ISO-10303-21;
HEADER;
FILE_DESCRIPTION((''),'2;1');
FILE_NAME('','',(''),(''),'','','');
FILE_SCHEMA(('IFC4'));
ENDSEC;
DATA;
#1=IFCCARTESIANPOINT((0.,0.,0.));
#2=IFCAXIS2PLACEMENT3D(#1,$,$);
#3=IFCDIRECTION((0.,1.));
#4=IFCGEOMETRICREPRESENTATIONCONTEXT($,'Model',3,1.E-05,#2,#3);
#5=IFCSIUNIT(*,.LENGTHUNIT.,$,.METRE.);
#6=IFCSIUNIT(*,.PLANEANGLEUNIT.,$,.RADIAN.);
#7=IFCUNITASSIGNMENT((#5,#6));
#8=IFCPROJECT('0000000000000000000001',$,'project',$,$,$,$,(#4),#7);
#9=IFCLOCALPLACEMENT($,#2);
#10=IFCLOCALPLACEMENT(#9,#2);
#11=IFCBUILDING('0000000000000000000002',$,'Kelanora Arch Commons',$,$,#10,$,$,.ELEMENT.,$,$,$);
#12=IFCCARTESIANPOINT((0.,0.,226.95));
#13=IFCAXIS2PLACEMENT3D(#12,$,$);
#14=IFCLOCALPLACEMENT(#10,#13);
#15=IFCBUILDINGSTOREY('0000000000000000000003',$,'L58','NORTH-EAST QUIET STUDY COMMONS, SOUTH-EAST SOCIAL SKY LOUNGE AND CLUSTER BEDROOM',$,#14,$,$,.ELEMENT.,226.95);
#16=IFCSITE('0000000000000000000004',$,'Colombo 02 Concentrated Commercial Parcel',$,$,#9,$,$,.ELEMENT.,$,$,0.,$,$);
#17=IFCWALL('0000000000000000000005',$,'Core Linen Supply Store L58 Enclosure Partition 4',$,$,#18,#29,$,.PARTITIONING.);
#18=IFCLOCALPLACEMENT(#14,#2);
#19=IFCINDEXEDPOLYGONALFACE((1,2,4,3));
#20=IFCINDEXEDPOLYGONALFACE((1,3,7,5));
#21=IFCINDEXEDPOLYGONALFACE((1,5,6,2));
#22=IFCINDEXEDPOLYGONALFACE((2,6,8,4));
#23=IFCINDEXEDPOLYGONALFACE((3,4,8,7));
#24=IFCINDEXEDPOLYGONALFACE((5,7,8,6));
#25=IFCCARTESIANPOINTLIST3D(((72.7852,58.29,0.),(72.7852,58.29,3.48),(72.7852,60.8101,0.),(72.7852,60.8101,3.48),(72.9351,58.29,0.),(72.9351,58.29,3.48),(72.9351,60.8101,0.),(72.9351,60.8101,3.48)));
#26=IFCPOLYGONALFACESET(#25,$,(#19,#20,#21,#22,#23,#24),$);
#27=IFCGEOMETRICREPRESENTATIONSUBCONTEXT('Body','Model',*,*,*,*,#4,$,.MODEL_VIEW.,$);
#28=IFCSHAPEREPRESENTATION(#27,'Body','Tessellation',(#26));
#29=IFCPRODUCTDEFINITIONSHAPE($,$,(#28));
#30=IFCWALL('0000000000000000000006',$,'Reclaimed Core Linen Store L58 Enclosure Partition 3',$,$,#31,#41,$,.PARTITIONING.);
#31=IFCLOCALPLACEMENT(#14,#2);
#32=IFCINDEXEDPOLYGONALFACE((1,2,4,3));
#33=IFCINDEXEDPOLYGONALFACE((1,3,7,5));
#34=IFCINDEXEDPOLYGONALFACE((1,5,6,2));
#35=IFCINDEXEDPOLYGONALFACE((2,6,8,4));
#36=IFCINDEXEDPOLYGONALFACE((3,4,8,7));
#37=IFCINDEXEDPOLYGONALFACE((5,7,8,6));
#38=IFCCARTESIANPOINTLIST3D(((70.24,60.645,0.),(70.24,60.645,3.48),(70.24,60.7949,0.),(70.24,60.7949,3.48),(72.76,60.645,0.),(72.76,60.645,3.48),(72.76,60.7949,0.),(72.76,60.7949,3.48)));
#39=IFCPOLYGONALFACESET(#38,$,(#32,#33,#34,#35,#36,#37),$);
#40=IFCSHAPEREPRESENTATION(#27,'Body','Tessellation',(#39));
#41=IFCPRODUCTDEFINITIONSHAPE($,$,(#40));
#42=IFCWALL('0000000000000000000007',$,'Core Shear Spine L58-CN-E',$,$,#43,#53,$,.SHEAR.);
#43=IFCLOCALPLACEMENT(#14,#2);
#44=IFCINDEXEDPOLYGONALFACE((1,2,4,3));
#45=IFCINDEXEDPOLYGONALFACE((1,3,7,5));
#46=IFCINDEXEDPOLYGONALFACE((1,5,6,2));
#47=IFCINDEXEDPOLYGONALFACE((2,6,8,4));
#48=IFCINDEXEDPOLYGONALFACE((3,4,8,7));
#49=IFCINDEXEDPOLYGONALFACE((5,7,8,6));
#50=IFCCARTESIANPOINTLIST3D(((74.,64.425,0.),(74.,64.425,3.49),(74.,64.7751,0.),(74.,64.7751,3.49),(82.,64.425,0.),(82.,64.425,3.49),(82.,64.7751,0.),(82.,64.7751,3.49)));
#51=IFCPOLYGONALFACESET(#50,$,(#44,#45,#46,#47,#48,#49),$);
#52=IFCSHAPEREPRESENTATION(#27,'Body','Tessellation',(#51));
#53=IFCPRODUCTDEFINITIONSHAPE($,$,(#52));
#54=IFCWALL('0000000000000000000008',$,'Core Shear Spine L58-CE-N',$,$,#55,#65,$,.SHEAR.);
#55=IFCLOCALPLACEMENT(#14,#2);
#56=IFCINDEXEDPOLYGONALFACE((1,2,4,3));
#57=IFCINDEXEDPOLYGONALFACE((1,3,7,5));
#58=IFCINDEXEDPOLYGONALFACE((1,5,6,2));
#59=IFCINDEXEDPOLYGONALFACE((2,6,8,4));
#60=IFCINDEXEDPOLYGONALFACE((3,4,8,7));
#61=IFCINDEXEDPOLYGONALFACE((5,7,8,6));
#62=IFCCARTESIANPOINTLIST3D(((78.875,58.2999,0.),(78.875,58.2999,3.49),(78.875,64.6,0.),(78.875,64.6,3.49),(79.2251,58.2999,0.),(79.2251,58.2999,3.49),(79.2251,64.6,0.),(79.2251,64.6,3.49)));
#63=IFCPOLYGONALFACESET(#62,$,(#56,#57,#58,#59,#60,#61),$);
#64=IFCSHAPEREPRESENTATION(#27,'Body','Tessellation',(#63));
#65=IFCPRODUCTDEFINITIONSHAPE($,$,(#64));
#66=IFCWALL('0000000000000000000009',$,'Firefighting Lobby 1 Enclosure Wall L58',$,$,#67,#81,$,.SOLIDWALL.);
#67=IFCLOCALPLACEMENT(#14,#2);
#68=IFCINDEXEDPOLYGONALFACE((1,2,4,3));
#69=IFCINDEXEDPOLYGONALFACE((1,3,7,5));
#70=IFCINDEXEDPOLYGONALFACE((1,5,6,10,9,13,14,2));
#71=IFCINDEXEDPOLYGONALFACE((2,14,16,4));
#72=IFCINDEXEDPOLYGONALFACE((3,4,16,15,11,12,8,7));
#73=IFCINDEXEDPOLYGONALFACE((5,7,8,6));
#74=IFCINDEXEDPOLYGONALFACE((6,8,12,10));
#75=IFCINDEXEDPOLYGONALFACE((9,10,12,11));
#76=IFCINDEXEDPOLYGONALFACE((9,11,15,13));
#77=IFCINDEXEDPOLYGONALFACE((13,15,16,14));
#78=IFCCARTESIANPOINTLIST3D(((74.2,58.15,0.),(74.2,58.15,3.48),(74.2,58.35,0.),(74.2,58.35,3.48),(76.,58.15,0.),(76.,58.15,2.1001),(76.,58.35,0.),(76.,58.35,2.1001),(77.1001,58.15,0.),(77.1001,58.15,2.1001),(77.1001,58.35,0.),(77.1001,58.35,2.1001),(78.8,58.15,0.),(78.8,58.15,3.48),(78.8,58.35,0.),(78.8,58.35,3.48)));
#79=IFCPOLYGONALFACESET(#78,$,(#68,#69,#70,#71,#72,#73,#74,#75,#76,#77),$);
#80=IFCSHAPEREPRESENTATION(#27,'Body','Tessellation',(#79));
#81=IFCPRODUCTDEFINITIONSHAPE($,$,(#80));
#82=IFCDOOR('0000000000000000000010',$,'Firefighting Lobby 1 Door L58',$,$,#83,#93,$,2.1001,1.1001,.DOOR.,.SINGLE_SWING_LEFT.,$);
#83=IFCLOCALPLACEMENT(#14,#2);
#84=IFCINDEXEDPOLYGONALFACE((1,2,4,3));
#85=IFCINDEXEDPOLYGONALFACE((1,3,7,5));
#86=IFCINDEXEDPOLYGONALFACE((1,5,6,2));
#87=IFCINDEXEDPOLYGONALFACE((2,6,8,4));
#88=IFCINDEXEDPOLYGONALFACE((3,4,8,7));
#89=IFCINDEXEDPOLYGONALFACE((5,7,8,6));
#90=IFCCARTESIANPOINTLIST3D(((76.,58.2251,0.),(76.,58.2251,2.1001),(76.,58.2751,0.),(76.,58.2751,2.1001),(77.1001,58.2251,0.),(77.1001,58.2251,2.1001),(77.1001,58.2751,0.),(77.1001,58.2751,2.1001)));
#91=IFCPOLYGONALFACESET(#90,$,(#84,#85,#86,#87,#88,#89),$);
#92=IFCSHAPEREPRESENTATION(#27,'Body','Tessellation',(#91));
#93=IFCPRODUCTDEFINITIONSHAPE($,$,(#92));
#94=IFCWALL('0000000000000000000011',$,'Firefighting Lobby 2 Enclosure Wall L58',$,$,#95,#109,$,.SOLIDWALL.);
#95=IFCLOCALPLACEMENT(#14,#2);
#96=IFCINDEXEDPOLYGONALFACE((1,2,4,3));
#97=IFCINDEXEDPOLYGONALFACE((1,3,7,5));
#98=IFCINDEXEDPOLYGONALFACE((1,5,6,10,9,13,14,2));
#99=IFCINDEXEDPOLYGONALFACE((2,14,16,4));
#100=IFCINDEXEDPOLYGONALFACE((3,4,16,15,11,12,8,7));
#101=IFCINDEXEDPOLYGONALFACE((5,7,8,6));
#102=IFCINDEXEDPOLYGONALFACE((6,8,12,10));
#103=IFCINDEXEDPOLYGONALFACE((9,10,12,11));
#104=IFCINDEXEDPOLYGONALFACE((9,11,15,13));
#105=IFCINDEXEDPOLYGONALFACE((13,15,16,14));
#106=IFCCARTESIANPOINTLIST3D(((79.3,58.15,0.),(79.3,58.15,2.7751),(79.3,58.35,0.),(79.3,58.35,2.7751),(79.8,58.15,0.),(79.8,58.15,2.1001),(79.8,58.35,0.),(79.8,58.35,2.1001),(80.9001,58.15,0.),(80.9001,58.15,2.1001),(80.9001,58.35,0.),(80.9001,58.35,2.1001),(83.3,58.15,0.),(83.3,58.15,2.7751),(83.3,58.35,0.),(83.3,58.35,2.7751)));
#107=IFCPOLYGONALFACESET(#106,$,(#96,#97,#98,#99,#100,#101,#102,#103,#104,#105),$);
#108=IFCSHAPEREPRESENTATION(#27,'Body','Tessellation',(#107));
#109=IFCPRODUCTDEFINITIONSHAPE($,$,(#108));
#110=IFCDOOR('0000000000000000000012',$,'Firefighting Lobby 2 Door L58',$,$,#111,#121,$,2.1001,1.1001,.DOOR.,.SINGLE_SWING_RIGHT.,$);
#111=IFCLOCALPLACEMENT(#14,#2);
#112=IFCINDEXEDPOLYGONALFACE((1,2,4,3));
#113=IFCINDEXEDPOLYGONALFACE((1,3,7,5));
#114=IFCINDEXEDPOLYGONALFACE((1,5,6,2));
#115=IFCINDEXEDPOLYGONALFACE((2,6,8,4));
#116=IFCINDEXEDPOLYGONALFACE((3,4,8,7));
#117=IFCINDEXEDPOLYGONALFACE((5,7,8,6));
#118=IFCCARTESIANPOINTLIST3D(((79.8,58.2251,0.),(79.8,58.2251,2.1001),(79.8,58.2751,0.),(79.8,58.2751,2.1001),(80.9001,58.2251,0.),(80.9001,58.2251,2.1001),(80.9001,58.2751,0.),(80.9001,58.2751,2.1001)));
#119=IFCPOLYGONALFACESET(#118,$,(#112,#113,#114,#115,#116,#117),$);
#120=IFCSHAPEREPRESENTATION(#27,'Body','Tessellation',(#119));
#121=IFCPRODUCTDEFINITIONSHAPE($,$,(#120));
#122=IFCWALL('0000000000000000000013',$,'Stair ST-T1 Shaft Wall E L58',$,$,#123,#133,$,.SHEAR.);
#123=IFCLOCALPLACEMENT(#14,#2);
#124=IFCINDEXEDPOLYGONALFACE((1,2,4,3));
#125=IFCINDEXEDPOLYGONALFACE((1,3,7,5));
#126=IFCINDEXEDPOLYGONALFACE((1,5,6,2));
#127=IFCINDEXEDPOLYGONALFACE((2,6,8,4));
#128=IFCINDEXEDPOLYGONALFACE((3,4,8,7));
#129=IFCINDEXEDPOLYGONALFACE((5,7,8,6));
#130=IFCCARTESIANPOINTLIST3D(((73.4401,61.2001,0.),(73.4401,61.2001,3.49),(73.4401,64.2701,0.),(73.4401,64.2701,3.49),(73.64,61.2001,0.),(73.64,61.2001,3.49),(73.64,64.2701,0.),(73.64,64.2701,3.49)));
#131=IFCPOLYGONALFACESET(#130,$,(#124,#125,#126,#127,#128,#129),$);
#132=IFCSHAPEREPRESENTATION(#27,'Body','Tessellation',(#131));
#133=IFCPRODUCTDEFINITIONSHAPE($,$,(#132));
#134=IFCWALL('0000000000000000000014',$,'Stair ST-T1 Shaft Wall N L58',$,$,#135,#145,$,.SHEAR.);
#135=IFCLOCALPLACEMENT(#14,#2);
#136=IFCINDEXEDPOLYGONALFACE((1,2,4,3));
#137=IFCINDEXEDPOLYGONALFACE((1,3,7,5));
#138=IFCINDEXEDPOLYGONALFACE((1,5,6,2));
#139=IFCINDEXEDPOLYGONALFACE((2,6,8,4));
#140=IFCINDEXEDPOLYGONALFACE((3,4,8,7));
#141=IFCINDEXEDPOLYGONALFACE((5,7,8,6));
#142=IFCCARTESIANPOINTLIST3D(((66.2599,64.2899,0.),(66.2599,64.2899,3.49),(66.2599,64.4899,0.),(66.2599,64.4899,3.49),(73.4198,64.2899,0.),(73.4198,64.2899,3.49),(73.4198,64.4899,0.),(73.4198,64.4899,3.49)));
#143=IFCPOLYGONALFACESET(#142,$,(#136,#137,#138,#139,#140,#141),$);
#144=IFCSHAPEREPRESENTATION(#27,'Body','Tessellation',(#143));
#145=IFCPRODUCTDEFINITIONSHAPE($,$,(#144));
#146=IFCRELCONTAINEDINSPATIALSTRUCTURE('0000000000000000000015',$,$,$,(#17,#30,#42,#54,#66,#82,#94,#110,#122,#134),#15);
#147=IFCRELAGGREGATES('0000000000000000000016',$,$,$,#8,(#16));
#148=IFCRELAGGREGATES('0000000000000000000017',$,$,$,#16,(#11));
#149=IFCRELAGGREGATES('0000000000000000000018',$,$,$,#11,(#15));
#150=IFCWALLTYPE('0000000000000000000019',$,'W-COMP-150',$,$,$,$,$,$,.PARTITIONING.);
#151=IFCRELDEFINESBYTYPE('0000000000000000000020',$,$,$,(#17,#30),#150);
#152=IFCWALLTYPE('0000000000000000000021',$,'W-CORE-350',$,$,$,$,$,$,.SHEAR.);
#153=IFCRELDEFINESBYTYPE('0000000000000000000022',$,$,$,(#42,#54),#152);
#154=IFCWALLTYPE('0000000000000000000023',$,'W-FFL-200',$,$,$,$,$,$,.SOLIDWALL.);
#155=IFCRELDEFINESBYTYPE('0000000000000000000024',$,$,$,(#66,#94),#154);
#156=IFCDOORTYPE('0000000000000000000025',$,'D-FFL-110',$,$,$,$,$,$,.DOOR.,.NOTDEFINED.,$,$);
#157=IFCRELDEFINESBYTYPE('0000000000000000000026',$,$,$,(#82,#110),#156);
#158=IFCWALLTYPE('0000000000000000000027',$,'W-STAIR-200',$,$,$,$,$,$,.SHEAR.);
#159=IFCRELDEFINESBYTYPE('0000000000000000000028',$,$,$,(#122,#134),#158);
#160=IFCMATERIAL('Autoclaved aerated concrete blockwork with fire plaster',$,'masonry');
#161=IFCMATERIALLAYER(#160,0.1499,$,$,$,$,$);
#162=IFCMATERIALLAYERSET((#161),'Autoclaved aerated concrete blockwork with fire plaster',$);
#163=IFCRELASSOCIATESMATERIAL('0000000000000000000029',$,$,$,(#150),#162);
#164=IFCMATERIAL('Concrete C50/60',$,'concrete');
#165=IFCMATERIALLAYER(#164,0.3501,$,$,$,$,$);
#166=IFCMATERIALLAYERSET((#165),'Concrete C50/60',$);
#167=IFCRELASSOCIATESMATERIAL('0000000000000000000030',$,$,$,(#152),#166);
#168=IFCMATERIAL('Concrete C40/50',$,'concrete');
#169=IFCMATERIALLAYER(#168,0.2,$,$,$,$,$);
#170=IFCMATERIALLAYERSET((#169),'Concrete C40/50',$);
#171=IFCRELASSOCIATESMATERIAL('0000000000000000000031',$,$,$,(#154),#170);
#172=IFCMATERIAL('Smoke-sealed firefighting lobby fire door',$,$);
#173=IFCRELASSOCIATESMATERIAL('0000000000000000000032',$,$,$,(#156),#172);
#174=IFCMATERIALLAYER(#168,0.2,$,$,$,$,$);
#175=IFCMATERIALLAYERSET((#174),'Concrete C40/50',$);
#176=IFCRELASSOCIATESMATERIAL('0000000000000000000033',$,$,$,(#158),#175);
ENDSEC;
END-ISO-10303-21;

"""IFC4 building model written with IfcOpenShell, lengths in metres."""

from ifc_helpers import new_model, si_unit, direction, frame, frame_2d, origin, place, context, subcontext, project, spatial, rectangle, extrude, material, layer, layer_set, type_object, element, fill, save


model = new_model("IFC4")

# Units and contexts
model_context = context("Model", 3, precision=1e-05, world=origin(), true_north=direction((0.0, 1.0)))
body_context = subcontext(model_context, "Body", "Model", "MODEL_VIEW")
ifc_project = project(units=[si_unit("LENGTHUNIT", "METRE"), si_unit("PLANEANGLEUNIT", "RADIAN")], contexts=[model_context])

# Site, building, storey
site_placement = place(None, origin())
site = spatial("IfcSite", under=ifc_project, at=site_placement, Name="Colombo 02 Concentrated Commercial Parcel", CompositionType="ELEMENT", RefElevation=0.0)
building_placement = place(site_placement, origin())
building = spatial("IfcBuilding", under=site, at=building_placement, Name="Kelanora Arch Commons", CompositionType="ELEMENT")
storey_placement = place(building_placement, frame((0.0, 0.0, 226.95)))
storey = spatial("IfcBuildingStorey", under=building, at=storey_placement, Name="L58", Description="NORTH-EAST QUIET STUDY COMMONS, SOUTH-EAST SOCIAL SKY LOUNGE AND CLUSTER BEDROOM", CompositionType="ELEMENT", Elevation=226.95)

# Shared definitions
ifc_material_1 = material(Name="Concrete C50/60", Category="concrete")

# Shared definitions
ifc_material_2 = material(Name="Autoclaved aerated concrete blockwork with fire plaster", Category="masonry")
ifc_layer_1 = layer(ifc_material_2, 0.1499)
ifc_layer_set_1 = layer_set([ifc_layer_1], Name="Autoclaved aerated concrete blockwork with fire plaster")
wall_type_1 = type_object("IfcWallType", Name="W-COMP-150", PredefinedType="PARTITIONING", material=ifc_layer_set_1)

# Walls
for number, where, z_axis, x_axis, name in (
    (1, (72.8601, 60.8101, 0.0), (0.0, 0.0, 1.0), (0.0, -1.0, 0.0), "Core Linen Supply Store L58 Enclosure Partition 4"),
    (2, (72.76, 60.72, 0.0), (0.0, 0.0, 1.0), (-1.0, 0.0, 0.0), "Reclaimed Core Linen Store L58 Enclosure Partition 3"),
):
    element("IfcWall", number, at=place(storey_placement, frame(where, z_axis=z_axis, x_axis=x_axis)), inside=storey, type_object=wall_type_1, Name=name, PredefinedType="PARTITIONING", context=body_context, shape_type="SweptSolid", body=[
        extrude(rectangle(XDim=2.52, YDim=0.1499, at=frame_2d((1.26, 0.0))), origin(), (0.0, 0.0, 1.0), 3.48),
    ])
ifc_layer_2 = layer(ifc_material_1, 0.3501)
ifc_layer_set_2 = layer_set([ifc_layer_2], Name="Concrete C50/60")
wall_type_2 = type_object("IfcWallType", Name="W-CORE-350", PredefinedType="SHEAR", material=ifc_layer_set_2)
wall_1_placement = place(storey_placement, frame((74.0, 64.6001, 0.0), z_axis=(0.0, 0.0, 1.0), x_axis=(1.0, 0.0, 0.0)))
element("IfcWall", 3, at=wall_1_placement, inside=storey, type_object=wall_type_2, Name="Core Shear Spine L58-CN-E", PredefinedType="SHEAR", context=body_context, shape_type="SweptSolid", body=[
    extrude(rectangle(XDim=8.0, YDim=0.3501, at=frame_2d((4.0, 0.0))), origin(), (0.0, 0.0, 1.0), 3.49),
])
wall_2_placement = place(storey_placement, frame((79.05, 58.3, 0.0), z_axis=(0.0, 0.0, 1.0), x_axis=(0.0, 1.0, 0.0)))
element("IfcWall", 4, at=wall_2_placement, inside=storey, type_object=wall_type_2, Name="Core Shear Spine L58-CE-N", PredefinedType="SHEAR", context=body_context, shape_type="SweptSolid", body=[
    extrude(rectangle(XDim=6.3, YDim=0.3501, at=frame_2d((3.1499, 0.0))), origin(), (0.0, 0.0, 1.0), 3.49),
])

# Walls, openings, doors
ifc_material_3 = material(Name="Concrete C40/50", Category="concrete")
ifc_layer_3 = layer(ifc_material_3, 0.2)
ifc_layer_set_3 = layer_set([ifc_layer_3], Name="Concrete C40/50")
wall_type_3 = type_object("IfcWallType", Name="W-FFL-200", PredefinedType="SOLIDWALL", material=ifc_layer_set_3)
wall_3_placement = place(storey_placement, frame((74.2, 58.25, 0.0), z_axis=(0.0, 0.0, 1.0), x_axis=(1.0, 0.0, 0.0)))
wall_3 = element("IfcWall", 5, at=wall_3_placement, inside=storey, type_object=wall_type_3, Name="Firefighting Lobby 1 Enclosure Wall L58", PredefinedType="SOLIDWALL", context=body_context, shape_type="SweptSolid", body=[
    extrude(rectangle(XDim=4.6001, YDim=0.2, at=frame_2d((2.3, 0.0))), origin(), (0.0, 0.0, 1.0), 3.48),
])
opening_1_placement = place(wall_3_placement, frame((1.8, 0.0, 0.0)))
opening_1 = element("IfcOpeningElement", 6, at=opening_1_placement, cuts=wall_3, PredefinedType="OPENING", context=body_context, shape_type="SweptSolid", body=[
    extrude(rectangle(XDim=1.1001, YDim=2.1001, at=frame_2d((0.55, 1.05))), frame((0.0, 0.1099, 0.0), z_axis=(0.0, -1.0, 0.0), x_axis=(1.0, 0.0, 0.0)), (0.0, 0.0, 1.0), 0.22),
])
ifc_material_4 = material(Name="Smoke-sealed firefighting lobby fire door")
door_type_1 = type_object("IfcDoorType", Name="D-FFL-110", OperationType="NOTDEFINED", PredefinedType="DOOR", material=ifc_material_4)
door_1_placement = place(opening_1_placement, frame((1.1001, 0.0, 0.0), z_axis=(0.0, 0.0, 1.0), x_axis=(-1.0, 0.0, 0.0)))
door_1 = element("IfcDoor", 7, at=door_1_placement, inside=storey, type_object=door_type_1, Name="Firefighting Lobby 1 Door L58", OperationType="SINGLE_SWING_LEFT", OverallHeight=2.1001, OverallWidth=1.1001, PredefinedType="DOOR", context=body_context, shape_type="SweptSolid", body=[
    extrude(rectangle(XDim=1.1001, YDim=2.1001, at=frame_2d((0.55, 1.05))), frame((0.0, 0.0249, 0.0), z_axis=(0.0, -1.0, 0.0), x_axis=(1.0, 0.0, 0.0)), (0.0, 0.0, 1.0), 0.05),
])
fill(opening_1, door_1)
wall_4_placement = place(storey_placement, frame((79.3, 58.25, 0.0), z_axis=(0.0, 0.0, 1.0), x_axis=(1.0, 0.0, 0.0)))
wall_4 = element("IfcWall", 8, at=wall_4_placement, inside=storey, type_object=wall_type_3, Name="Firefighting Lobby 2 Enclosure Wall L58", PredefinedType="SOLIDWALL", context=body_context, shape_type="SweptSolid", body=[
    extrude(rectangle(XDim=4.0, YDim=0.2, at=frame_2d((2.0, 0.0))), origin(), (0.0, 0.0, 1.0), 2.7751),
])
opening_2_placement = place(wall_4_placement, frame((0.5, 0.0, 0.0)))
opening_2 = element("IfcOpeningElement", 9, at=opening_2_placement, cuts=wall_4, PredefinedType="OPENING", context=body_context, shape_type="SweptSolid", body=[
    extrude(rectangle(XDim=1.1001, YDim=2.1001, at=frame_2d((0.55, 1.05))), frame((0.0, 0.1099, 0.0), z_axis=(0.0, -1.0, 0.0), x_axis=(1.0, 0.0, 0.0)), (0.0, 0.0, 1.0), 0.22),
])
door_2_placement = place(opening_2_placement, frame((1.1001, 0.0, 0.0), z_axis=(0.0, 0.0, 1.0), x_axis=(-1.0, 0.0, 0.0)))
door_2 = element("IfcDoor", 10, at=door_2_placement, inside=storey, type_object=door_type_1, Name="Firefighting Lobby 2 Door L58", OperationType="SINGLE_SWING_RIGHT", OverallHeight=2.1001, OverallWidth=1.1001, PredefinedType="DOOR", context=body_context, shape_type="SweptSolid", body=[
    extrude(rectangle(XDim=1.1001, YDim=2.1001, at=frame_2d((0.55, 1.05))), frame((0.0, 0.0249, 0.0), z_axis=(0.0, -1.0, 0.0), x_axis=(1.0, 0.0, 0.0)), (0.0, 0.0, 1.0), 0.05),
])
fill(opening_2, door_2)

# Walls
ifc_layer_4 = layer(ifc_material_3, 0.2)
ifc_layer_set_4 = layer_set([ifc_layer_4], Name="Concrete C40/50")
wall_type_4 = type_object("IfcWallType", Name="W-STAIR-200", PredefinedType="SHEAR", material=ifc_layer_set_4)
wall_5_placement = place(storey_placement, frame((73.54, 61.2, 0.0), z_axis=(0.0, 0.0, 1.0), x_axis=(0.0, 1.0, 0.0)))
element("IfcWall", 11, at=wall_5_placement, inside=storey, type_object=wall_type_4, Name="Stair ST-T1 Shaft Wall E L58", PredefinedType="SHEAR", context=body_context, shape_type="SweptSolid", body=[
    extrude(rectangle(XDim=3.0701, YDim=0.2, at=frame_2d((1.5352, 0.0))), origin(), (0.0, 0.0, 1.0), 3.49),
])
wall_6_placement = place(storey_placement, frame((73.4199, 64.3899, 0.0), z_axis=(0.0, 0.0, 1.0), x_axis=(-1.0, 0.0, 0.0)))
element("IfcWall", 12, at=wall_6_placement, inside=storey, type_object=wall_type_4, Name="Stair ST-T1 Shaft Wall N L58", PredefinedType="SHEAR", context=body_context, shape_type="SweptSolid", body=[
    extrude(rectangle(XDim=7.1599, YDim=0.2, at=frame_2d((3.5801, 0.0))), origin(), (0.0, 0.0, 1.0), 3.49),
])

save(model, "model.ifc")
